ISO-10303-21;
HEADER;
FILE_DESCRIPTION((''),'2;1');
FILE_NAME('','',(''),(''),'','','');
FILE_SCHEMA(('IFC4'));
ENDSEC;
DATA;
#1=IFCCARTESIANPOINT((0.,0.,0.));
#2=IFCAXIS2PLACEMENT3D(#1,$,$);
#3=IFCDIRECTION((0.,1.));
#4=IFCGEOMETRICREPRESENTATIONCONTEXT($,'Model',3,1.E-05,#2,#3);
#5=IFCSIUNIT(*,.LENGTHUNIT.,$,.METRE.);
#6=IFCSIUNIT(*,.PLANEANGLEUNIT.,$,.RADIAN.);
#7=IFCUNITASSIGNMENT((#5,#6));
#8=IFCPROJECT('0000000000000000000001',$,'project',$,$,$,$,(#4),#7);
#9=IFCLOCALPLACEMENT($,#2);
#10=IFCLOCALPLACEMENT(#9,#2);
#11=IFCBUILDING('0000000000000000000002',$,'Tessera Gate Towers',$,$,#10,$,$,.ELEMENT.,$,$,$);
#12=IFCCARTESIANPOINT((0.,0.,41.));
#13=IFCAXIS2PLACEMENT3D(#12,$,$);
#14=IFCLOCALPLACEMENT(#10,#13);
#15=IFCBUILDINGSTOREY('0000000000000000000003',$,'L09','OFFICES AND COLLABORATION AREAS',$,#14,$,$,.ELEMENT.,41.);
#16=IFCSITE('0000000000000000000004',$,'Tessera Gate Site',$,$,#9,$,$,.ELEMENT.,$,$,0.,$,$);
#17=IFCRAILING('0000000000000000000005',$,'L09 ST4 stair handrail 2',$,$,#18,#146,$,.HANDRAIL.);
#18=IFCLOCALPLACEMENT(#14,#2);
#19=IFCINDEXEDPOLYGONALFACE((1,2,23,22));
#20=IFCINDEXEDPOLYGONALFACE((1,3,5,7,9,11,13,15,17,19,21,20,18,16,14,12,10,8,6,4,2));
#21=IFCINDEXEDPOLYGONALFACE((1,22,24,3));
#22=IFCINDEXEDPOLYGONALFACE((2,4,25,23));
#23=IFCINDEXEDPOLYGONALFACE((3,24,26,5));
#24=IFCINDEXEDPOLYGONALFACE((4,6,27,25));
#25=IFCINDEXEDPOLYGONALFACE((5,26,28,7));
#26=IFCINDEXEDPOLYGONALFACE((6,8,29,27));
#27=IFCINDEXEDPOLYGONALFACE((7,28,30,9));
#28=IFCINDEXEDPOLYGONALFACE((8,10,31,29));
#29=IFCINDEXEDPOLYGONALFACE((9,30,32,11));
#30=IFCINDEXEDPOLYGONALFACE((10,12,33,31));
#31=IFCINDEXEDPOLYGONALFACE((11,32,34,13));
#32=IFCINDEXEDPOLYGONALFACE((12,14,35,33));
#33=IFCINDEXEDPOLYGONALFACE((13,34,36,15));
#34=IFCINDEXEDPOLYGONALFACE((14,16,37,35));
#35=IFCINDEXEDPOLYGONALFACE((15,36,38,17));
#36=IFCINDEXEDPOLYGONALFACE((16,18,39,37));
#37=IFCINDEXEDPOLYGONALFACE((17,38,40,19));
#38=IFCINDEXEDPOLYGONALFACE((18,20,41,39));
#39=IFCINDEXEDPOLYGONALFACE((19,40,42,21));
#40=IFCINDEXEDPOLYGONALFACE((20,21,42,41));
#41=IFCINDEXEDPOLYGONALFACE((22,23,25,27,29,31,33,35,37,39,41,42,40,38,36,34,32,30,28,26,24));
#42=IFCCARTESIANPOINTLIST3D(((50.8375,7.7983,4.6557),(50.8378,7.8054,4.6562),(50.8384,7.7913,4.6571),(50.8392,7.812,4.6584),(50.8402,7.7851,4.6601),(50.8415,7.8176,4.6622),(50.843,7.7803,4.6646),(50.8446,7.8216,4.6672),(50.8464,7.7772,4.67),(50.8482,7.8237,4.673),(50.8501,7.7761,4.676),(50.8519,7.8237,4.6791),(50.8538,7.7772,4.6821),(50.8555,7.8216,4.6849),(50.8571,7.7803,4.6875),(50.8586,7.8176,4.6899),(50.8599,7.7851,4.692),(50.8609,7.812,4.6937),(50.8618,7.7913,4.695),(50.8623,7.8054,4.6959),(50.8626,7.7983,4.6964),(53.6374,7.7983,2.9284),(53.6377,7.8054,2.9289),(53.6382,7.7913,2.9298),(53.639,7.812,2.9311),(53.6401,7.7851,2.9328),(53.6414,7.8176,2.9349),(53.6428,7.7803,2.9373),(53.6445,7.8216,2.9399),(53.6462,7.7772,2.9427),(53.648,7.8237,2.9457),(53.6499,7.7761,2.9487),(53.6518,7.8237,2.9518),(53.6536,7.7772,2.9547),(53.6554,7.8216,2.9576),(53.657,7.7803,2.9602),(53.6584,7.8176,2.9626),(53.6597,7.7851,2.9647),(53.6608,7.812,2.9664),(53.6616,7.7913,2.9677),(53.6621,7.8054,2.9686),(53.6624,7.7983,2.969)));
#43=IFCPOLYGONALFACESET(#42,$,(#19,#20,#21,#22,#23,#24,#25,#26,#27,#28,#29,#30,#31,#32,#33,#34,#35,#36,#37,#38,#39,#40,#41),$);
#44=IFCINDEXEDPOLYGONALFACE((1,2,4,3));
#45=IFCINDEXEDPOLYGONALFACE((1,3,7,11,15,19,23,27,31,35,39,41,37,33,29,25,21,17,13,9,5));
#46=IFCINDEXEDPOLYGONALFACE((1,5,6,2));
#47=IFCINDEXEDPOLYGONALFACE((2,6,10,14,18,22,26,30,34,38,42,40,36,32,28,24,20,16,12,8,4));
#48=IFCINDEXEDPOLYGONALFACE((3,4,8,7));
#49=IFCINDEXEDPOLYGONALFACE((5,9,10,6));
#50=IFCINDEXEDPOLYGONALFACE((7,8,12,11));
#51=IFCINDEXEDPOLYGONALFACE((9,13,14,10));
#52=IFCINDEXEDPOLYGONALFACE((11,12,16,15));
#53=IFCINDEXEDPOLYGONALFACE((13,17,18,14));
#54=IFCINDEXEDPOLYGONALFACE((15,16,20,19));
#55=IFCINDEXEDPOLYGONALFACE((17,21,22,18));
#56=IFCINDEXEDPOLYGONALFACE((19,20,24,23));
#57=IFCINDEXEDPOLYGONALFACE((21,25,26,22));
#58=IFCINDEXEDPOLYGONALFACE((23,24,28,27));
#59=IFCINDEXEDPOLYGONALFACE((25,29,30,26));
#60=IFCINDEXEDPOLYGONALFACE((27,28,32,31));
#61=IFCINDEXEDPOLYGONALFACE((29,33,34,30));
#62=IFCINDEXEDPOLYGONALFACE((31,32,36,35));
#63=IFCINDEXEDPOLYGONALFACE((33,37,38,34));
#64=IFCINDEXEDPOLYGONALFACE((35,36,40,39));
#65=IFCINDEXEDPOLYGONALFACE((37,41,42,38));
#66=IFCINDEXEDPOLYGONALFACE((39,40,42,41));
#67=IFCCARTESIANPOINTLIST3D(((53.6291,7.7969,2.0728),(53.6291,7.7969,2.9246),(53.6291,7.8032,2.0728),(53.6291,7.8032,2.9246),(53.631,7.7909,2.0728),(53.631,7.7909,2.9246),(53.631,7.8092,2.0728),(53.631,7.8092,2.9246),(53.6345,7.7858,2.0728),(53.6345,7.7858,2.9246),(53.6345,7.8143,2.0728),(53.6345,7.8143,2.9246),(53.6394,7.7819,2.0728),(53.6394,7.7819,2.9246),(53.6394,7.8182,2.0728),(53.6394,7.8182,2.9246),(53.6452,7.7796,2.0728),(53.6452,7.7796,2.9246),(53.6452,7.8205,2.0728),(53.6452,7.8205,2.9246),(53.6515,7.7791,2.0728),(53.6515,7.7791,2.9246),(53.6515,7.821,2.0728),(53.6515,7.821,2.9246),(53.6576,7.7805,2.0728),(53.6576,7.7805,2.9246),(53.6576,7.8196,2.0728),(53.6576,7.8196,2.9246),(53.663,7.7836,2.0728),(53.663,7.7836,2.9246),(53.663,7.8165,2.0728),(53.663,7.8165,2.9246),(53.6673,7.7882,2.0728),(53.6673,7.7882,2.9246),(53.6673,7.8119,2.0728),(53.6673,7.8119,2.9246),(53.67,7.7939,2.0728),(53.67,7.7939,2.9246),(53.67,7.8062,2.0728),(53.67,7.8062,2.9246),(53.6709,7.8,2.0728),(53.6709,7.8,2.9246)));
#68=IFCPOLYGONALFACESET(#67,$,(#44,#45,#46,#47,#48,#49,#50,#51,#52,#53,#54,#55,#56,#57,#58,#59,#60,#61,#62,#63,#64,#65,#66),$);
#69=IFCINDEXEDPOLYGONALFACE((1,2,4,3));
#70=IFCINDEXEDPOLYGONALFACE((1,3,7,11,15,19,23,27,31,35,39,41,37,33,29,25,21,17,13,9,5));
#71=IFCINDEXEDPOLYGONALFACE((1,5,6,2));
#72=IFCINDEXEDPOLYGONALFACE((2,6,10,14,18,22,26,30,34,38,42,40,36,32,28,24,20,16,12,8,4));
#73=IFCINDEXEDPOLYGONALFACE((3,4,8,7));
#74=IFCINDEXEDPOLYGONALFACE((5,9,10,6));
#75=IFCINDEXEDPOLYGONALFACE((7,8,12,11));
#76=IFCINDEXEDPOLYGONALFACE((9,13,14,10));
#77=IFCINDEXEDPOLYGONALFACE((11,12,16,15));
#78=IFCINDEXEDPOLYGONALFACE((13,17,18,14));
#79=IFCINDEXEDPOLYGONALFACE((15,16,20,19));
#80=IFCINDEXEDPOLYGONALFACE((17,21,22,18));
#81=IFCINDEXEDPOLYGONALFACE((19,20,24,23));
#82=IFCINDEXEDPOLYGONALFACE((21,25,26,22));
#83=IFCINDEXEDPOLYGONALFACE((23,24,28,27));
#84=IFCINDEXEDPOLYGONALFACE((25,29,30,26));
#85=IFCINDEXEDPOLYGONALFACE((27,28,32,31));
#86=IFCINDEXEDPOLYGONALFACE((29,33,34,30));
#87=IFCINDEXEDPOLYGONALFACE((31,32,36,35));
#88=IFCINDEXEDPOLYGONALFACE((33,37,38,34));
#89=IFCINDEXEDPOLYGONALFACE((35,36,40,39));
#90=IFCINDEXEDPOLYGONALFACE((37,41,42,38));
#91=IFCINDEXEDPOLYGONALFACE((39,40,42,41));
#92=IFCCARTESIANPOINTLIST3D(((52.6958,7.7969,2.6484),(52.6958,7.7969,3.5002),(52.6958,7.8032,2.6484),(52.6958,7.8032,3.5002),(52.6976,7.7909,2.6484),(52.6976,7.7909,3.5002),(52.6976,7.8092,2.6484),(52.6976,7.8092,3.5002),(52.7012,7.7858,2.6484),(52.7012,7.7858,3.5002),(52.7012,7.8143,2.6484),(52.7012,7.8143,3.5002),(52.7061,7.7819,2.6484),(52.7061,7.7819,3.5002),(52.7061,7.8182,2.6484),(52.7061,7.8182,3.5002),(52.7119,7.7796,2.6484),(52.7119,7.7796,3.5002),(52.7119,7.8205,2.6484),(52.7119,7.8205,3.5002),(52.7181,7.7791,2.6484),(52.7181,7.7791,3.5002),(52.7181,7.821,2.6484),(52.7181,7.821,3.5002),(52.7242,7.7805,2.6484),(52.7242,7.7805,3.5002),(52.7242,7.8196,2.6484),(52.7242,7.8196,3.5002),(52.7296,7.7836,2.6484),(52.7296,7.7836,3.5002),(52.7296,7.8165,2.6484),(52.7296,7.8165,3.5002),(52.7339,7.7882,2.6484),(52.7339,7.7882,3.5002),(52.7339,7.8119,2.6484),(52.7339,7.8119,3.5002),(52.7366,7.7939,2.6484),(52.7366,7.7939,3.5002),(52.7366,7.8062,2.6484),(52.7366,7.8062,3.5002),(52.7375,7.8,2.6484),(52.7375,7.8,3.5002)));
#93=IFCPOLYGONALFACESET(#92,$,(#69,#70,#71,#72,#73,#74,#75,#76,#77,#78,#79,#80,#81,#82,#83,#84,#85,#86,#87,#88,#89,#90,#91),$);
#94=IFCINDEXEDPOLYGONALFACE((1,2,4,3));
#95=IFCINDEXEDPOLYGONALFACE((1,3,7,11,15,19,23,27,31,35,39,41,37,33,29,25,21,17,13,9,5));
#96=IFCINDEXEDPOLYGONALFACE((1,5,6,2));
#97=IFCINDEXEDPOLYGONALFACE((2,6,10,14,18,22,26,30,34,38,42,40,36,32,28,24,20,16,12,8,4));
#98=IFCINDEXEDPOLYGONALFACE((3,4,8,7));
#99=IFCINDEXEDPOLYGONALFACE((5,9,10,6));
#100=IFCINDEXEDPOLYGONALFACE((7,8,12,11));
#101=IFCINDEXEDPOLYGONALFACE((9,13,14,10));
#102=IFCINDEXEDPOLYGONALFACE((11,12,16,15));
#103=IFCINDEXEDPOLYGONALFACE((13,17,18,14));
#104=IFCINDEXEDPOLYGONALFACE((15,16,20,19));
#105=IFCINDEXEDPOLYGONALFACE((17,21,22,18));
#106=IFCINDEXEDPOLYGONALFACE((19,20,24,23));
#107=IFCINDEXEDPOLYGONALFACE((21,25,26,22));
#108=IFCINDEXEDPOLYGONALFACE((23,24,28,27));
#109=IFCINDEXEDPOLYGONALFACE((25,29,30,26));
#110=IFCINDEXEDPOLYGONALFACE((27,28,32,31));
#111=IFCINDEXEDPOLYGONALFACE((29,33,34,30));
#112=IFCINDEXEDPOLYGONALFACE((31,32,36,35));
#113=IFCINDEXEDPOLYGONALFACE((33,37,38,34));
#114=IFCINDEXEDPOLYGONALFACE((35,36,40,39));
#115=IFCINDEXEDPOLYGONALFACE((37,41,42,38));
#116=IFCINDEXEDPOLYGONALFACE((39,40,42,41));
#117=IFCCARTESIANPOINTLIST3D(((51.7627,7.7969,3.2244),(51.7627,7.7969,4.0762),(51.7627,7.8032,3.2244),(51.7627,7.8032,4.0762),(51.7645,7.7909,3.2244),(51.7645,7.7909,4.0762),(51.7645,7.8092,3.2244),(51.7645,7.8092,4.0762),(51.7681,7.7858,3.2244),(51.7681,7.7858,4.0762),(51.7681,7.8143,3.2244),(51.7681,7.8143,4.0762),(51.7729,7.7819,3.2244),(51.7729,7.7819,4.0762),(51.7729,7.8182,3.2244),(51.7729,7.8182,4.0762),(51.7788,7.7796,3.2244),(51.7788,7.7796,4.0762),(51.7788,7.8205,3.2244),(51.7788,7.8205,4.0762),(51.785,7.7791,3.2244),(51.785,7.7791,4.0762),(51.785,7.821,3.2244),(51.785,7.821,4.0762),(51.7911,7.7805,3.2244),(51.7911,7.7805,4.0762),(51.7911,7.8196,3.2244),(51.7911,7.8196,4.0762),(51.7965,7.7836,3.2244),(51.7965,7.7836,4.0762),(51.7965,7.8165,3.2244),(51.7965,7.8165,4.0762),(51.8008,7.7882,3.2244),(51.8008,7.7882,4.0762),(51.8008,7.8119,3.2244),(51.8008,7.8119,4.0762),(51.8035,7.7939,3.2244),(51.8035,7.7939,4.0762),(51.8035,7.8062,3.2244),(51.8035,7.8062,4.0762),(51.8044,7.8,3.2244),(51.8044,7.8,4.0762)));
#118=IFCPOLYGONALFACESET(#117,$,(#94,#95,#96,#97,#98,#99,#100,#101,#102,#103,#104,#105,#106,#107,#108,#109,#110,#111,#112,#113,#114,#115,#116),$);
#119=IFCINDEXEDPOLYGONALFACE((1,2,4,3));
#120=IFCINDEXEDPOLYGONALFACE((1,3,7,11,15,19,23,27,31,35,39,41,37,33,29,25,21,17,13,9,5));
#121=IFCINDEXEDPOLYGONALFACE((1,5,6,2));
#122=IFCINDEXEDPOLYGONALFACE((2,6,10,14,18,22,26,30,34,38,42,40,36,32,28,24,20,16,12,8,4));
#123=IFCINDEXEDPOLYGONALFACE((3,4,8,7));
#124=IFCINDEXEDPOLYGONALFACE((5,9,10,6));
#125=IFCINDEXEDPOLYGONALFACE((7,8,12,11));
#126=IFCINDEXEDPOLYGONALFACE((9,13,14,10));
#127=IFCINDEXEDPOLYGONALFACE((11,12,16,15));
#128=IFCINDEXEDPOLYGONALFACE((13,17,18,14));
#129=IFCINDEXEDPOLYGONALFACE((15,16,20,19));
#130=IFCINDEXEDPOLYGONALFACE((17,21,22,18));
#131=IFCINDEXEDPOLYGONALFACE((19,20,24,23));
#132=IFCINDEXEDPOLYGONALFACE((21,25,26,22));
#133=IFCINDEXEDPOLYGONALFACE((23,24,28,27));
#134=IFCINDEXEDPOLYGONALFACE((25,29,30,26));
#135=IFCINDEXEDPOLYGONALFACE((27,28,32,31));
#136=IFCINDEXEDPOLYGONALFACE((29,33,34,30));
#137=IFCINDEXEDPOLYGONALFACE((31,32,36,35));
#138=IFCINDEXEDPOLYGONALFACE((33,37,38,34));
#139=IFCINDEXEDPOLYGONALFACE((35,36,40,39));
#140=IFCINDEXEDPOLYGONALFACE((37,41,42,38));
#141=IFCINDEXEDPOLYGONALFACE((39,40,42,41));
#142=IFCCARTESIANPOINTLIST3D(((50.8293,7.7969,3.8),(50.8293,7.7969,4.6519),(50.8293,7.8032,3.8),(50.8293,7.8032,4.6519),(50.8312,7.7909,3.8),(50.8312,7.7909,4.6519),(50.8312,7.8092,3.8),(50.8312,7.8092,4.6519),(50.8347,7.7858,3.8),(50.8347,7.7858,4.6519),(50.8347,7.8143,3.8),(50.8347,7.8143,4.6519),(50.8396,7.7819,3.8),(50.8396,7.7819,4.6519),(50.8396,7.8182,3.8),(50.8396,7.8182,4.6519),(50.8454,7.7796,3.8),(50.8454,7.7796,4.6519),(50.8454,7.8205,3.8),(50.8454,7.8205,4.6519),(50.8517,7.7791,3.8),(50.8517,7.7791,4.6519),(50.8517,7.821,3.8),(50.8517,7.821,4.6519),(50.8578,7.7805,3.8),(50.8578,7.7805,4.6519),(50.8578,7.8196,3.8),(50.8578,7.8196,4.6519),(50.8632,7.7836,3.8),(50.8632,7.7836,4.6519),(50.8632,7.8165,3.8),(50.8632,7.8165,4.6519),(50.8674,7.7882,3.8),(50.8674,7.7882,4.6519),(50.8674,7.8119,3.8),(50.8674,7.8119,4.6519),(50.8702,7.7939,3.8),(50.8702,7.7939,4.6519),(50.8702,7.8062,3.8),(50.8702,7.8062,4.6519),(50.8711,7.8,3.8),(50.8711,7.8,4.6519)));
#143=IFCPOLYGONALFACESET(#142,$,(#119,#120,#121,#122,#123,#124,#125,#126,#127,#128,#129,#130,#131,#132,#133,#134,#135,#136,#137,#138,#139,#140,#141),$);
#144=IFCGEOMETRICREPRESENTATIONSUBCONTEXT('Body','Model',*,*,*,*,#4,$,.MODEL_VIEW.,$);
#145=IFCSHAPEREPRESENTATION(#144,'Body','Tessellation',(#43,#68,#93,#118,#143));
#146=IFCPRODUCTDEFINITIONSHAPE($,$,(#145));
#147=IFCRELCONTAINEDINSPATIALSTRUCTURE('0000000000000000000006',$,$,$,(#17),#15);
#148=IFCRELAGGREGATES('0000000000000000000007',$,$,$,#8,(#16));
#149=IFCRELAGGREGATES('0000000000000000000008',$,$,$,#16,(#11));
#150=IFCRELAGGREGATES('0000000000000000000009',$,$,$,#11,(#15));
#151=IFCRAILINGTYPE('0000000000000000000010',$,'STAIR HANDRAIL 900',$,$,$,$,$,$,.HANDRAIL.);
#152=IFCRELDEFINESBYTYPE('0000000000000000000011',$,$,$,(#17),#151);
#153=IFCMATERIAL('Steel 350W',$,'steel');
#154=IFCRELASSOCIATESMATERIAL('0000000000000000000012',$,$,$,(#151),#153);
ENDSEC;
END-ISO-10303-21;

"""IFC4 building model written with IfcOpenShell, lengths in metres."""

from ifc_helpers import new_model, si_unit, direction, frame, origin, origin_2d, place, context, subcontext, project, spatial, circle, extrude, material, type_object, element, save


model = new_model("IFC4")

# Units and contexts
model_context = context("Model", 3, precision=1e-05, world=origin(), true_north=direction((0.0, 1.0)))
body_context = subcontext(model_context, "Body", "Model", "MODEL_VIEW")
ifc_project = project(units=[si_unit("LENGTHUNIT", "METRE"), si_unit("PLANEANGLEUNIT", "RADIAN")], contexts=[model_context])

# Site, building, storey
site_placement = place(None, origin())
site = spatial("IfcSite", under=ifc_project, at=site_placement, Name="Tessera Gate Site", CompositionType="ELEMENT", RefElevation=0.0)
building_placement = place(site_placement, origin())
building = spatial("IfcBuilding", under=site, at=building_placement, Name="Tessera Gate Towers", CompositionType="ELEMENT")
storey_placement = place(building_placement, frame((0.0, 0.0, 41.0)))
storey = spatial("IfcBuildingStorey", under=building, at=storey_placement, Name="L09", Description="OFFICES AND COLLABORATION AREAS", CompositionType="ELEMENT", Elevation=41.0)

# Railing
ifc_material_1 = material(Name="Steel 350W", Category="steel")
railing_type_1 = type_object("IfcRailingType", Name="STAIR HANDRAIL 900", PredefinedType="HANDRAIL", material=ifc_material_1)
railing_1_placement = place(storey_placement, frame((53.6499, 7.8, 2.0728)))
element("IfcRailing", 1, at=railing_1_placement, inside=storey, type_object=railing_type_1, Name="L09 ST4 stair handrail 2", PredefinedType="HANDRAIL", context=body_context, shape_type="SweptSolid", body=[
    extrude(circle(Radius=0.0239, at=origin_2d()), frame((0.0, 0.0, 0.876), z_axis=(-0.851069, 0.0, 0.525054), x_axis=(0.0, -1.0, 0.0)), (0.0, 0.0, 1.0), 3.2898),
    extrude(circle(Radius=0.021, at=origin_2d()), origin(), (0.0, 0.0, 1.0), 0.8518),
    extrude(circle(Radius=0.021, at=origin_2d()), frame((-0.9333, 0.0, 0.5757)), (0.0, 0.0, 1.0), 0.8518),
    extrude(circle(Radius=0.021, at=origin_2d()), frame((-1.8665, 0.0, 1.1516)), (0.0, 0.0, 1.0), 0.8518),
    extrude(circle(Radius=0.021, at=origin_2d()), frame((-2.7998, 0.0, 1.7273)), (0.0, 0.0, 1.0), 0.8518),
])

save(model, "model.ifc")
